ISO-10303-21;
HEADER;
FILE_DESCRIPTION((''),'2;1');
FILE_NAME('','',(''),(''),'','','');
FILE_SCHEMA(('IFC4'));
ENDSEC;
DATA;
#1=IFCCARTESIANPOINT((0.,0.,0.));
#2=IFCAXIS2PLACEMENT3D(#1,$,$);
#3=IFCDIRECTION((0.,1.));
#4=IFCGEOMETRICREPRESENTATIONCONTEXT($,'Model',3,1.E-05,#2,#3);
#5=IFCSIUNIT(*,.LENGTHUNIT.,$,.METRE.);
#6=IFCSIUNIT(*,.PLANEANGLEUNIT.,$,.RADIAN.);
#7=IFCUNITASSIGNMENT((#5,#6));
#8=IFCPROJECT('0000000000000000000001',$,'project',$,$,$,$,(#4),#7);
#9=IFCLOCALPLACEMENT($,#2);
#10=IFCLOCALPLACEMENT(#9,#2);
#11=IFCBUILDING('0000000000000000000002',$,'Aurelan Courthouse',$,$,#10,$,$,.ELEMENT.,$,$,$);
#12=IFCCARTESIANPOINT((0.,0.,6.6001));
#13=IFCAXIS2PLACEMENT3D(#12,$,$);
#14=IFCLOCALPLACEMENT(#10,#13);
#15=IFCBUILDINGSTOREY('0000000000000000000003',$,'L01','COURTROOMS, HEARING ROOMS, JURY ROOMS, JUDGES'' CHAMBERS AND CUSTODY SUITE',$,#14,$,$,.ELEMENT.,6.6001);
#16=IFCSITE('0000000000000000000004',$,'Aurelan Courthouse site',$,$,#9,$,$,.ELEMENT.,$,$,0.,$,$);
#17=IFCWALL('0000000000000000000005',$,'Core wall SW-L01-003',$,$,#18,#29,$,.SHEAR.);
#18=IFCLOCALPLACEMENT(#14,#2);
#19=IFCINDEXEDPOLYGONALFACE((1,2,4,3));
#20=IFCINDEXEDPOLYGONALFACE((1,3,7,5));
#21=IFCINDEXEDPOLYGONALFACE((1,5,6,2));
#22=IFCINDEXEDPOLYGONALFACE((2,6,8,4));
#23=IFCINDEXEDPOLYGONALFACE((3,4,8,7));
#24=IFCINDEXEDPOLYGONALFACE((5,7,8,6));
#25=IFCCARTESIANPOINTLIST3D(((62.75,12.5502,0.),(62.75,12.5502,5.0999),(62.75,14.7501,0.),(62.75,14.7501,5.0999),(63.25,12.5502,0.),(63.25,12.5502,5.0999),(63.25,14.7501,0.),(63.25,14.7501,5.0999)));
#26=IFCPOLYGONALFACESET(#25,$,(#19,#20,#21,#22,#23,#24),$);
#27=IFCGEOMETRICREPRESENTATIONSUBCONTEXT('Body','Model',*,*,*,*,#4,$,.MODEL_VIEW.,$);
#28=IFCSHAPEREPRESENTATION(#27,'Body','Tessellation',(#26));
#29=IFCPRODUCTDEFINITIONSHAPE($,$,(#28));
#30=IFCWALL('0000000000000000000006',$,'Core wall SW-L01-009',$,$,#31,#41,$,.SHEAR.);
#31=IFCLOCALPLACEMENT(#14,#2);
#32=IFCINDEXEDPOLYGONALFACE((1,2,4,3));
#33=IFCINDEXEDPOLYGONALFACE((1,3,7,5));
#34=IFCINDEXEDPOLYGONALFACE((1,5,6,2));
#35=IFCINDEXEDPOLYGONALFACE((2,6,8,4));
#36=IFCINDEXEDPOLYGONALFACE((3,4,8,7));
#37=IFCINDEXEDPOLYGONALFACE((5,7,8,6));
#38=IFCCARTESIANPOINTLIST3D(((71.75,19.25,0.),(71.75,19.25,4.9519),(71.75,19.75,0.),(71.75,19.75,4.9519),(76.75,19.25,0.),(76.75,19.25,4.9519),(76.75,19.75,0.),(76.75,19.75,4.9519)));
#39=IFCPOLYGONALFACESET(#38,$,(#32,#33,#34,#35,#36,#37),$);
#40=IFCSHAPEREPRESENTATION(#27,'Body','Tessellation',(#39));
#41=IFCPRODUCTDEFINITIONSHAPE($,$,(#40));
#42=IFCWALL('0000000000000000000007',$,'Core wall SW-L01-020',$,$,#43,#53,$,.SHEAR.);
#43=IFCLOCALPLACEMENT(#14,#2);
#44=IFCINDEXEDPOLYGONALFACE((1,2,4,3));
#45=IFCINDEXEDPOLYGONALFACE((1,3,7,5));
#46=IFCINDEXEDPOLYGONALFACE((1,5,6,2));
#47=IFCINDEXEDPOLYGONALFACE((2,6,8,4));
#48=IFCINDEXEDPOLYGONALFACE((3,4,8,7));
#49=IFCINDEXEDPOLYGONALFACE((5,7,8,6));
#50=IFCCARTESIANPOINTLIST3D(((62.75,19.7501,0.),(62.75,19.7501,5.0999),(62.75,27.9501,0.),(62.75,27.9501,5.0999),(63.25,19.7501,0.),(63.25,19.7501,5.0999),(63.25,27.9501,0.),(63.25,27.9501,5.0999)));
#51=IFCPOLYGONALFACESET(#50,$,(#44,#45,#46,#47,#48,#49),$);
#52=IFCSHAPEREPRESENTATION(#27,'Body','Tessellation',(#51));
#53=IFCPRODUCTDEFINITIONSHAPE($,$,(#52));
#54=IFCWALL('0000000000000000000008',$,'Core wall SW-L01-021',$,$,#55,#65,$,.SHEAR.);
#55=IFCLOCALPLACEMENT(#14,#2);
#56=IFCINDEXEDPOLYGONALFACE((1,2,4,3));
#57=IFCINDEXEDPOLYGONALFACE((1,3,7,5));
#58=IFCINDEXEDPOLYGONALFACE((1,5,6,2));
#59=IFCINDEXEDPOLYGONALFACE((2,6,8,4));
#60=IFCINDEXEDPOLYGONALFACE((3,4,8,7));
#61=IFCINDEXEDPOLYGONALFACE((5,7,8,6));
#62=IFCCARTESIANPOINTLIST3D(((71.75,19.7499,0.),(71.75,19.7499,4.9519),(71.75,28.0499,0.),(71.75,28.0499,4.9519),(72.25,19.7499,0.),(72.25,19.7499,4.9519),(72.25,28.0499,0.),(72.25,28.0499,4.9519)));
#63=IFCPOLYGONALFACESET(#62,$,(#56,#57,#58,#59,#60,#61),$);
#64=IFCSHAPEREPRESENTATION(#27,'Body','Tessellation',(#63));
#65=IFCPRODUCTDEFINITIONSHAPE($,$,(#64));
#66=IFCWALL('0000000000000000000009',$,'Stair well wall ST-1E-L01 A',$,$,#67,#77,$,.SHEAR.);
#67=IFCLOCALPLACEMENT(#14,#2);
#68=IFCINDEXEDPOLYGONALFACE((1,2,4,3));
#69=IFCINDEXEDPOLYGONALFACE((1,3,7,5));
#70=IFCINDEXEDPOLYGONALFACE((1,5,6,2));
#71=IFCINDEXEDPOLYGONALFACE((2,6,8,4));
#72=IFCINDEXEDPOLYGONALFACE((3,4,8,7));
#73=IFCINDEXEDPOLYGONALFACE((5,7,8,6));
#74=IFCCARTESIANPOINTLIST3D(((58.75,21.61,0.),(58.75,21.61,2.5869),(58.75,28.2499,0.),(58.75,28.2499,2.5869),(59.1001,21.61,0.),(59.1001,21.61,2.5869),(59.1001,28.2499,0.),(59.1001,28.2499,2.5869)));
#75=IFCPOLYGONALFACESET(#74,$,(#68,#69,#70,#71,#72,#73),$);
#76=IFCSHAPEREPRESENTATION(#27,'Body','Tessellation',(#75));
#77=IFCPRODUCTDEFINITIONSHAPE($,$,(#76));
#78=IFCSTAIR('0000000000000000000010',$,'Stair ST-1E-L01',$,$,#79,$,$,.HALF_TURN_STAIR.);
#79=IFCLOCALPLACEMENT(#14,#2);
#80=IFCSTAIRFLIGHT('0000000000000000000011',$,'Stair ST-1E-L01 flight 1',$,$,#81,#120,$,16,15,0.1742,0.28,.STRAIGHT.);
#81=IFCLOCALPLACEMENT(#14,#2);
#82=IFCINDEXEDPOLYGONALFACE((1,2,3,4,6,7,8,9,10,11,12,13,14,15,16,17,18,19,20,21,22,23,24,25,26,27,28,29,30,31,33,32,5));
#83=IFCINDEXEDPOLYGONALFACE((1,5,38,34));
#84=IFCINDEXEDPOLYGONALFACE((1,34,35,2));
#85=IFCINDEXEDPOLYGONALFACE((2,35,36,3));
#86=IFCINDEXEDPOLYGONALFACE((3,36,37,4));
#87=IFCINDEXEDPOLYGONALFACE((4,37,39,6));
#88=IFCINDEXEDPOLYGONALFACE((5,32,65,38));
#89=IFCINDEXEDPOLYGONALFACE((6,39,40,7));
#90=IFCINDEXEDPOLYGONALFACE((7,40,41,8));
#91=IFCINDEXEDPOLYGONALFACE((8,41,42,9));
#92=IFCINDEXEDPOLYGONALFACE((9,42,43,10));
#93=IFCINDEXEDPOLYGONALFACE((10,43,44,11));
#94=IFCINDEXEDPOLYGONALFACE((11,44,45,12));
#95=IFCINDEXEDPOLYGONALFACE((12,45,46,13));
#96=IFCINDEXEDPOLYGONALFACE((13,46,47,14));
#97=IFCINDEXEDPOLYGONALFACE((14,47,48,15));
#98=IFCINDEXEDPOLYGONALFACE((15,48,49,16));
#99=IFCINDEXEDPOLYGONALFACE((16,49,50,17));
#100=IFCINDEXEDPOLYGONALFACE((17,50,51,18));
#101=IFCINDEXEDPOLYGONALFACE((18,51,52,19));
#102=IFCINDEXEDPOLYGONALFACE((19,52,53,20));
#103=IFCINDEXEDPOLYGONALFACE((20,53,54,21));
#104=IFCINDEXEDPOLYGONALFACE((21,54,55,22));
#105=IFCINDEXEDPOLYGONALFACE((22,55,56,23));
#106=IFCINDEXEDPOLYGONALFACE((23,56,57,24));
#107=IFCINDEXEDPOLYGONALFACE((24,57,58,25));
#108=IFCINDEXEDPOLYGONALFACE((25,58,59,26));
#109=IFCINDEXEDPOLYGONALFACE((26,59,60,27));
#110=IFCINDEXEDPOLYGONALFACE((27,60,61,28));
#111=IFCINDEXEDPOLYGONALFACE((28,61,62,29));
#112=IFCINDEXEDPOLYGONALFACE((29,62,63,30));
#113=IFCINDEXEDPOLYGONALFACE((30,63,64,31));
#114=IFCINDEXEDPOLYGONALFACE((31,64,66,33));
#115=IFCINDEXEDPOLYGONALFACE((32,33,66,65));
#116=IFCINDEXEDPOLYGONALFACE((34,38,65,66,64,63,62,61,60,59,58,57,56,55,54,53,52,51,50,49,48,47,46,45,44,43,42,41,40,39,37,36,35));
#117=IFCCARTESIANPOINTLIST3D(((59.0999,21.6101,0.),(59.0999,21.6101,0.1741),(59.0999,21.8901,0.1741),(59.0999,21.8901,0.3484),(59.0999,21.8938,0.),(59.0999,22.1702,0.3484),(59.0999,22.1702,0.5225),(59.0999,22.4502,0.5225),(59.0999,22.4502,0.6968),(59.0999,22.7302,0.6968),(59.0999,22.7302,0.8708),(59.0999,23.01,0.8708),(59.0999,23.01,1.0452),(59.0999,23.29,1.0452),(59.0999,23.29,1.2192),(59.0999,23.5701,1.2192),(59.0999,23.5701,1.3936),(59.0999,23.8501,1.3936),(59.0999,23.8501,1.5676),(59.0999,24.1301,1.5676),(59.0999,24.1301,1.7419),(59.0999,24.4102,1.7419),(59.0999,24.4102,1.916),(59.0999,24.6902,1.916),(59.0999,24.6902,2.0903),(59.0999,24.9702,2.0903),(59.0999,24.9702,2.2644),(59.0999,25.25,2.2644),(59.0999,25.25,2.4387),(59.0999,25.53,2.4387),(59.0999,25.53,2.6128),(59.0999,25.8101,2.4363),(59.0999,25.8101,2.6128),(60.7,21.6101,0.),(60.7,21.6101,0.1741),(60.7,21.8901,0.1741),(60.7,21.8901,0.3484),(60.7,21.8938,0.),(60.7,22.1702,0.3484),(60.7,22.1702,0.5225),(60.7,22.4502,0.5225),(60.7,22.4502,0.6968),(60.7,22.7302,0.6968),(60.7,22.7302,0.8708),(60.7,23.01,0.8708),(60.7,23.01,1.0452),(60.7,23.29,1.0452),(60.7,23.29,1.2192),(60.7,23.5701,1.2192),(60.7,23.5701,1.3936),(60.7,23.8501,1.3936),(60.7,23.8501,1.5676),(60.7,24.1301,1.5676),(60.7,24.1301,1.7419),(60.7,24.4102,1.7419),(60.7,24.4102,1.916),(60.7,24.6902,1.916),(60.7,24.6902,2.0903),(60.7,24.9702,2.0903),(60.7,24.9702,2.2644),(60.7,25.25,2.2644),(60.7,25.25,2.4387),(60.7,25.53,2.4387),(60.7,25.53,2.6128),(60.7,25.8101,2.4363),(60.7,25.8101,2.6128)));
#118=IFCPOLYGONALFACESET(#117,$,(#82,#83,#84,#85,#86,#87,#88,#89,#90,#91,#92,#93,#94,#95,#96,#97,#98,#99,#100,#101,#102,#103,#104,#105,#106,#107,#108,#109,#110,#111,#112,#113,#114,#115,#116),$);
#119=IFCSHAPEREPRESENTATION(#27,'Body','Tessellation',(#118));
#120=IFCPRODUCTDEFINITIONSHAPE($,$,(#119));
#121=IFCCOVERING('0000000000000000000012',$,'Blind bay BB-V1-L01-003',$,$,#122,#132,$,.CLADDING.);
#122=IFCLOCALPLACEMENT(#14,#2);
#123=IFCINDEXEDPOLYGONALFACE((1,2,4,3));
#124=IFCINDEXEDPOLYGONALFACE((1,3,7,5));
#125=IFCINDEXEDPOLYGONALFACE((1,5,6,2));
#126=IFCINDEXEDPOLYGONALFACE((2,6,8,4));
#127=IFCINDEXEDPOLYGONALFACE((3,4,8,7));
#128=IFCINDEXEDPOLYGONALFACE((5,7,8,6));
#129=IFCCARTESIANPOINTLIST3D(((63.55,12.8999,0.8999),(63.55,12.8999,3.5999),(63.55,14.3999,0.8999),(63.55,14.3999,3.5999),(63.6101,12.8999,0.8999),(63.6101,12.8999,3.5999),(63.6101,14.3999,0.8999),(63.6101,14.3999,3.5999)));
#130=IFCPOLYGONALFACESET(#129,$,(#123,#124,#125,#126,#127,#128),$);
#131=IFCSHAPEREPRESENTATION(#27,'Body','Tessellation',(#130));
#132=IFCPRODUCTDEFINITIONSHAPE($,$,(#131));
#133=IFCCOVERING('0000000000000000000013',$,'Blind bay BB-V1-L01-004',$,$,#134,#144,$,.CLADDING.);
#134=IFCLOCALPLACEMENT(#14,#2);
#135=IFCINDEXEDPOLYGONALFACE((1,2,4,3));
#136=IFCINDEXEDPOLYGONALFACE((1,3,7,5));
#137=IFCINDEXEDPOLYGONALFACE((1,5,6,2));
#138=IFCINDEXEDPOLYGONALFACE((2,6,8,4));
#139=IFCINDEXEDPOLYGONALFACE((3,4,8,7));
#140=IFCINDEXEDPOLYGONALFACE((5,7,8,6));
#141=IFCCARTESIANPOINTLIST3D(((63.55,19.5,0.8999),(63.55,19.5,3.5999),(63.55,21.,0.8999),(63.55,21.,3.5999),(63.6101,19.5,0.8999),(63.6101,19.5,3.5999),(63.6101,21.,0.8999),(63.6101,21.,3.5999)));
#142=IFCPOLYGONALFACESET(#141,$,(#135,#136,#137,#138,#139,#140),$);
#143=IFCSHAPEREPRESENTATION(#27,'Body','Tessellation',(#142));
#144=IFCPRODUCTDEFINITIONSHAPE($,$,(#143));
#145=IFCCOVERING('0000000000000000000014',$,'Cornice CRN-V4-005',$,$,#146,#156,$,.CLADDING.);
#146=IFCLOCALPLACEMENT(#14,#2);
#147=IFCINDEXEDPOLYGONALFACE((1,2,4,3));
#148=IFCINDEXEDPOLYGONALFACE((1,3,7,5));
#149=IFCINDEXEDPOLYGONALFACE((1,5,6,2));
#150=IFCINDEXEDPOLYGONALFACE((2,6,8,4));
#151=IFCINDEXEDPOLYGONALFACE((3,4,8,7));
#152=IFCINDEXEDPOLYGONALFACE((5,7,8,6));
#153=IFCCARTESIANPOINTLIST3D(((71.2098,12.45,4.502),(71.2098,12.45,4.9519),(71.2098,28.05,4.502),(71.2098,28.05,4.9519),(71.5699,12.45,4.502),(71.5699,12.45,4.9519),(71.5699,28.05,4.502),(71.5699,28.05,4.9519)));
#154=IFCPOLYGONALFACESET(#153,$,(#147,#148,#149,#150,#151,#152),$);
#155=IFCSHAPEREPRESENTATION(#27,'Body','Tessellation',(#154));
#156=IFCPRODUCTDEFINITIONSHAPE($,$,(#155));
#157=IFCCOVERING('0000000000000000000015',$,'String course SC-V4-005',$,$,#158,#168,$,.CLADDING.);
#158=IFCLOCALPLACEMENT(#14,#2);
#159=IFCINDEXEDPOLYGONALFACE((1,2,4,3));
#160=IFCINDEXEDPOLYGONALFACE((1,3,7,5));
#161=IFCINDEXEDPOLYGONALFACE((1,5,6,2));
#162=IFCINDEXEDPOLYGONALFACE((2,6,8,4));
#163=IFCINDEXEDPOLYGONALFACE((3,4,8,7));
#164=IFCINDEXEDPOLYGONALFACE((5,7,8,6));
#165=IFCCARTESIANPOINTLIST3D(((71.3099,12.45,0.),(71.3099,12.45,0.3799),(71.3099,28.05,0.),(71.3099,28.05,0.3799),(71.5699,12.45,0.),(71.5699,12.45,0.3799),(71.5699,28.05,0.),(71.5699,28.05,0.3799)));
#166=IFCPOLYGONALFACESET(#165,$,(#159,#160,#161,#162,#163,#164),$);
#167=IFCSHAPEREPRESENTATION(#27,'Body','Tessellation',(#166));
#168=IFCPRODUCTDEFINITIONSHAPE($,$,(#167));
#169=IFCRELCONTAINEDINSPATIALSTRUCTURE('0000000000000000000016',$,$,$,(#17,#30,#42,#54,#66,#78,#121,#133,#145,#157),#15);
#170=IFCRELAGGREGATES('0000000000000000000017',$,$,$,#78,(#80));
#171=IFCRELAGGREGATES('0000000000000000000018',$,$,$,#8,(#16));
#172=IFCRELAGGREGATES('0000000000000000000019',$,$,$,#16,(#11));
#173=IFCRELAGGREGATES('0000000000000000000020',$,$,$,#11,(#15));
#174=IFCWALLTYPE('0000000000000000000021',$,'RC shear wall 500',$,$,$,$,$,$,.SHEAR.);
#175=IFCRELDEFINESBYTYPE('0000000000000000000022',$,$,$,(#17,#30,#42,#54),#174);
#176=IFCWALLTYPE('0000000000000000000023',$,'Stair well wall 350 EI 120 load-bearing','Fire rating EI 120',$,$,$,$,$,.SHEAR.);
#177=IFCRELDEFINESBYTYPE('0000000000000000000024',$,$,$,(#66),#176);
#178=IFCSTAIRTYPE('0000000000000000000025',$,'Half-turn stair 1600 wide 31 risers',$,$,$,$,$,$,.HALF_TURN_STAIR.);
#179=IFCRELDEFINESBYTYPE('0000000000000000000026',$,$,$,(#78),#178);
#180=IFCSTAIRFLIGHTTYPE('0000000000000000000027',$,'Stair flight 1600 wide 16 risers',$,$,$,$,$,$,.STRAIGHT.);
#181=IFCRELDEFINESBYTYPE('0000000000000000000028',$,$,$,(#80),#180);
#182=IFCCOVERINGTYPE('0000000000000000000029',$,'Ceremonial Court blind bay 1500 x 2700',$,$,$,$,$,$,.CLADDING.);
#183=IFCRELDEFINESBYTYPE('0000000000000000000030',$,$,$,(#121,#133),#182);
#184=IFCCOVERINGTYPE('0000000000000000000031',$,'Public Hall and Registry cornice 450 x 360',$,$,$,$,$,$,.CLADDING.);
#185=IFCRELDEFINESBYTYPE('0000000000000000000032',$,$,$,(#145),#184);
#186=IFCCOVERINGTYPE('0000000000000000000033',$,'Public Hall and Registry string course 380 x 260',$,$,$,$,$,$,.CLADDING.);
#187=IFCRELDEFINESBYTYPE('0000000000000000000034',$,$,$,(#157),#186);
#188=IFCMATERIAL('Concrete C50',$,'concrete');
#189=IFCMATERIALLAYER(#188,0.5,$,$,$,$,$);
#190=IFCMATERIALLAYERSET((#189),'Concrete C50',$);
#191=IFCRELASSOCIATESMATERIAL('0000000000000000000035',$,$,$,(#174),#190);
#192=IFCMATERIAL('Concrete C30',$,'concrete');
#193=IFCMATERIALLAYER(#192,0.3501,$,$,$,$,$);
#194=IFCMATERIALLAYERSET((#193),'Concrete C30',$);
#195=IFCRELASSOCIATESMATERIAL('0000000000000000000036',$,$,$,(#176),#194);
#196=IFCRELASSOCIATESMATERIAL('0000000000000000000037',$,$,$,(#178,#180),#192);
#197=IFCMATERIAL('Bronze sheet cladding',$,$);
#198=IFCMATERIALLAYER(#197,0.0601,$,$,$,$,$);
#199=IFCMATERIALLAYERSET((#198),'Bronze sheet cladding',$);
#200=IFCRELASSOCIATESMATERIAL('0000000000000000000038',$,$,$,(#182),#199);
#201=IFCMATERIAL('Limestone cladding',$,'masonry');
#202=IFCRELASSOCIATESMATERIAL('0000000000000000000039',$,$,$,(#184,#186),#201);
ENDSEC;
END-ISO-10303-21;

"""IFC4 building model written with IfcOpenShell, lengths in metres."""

from ifc_helpers import new_model, si_unit, direction, frame, frame_2d, origin, origin_2d, place, context, subcontext, project, spatial, polyline, rectangle, outline, extrude, material, layer, layer_set, type_object, element, aggregate, save


model = new_model("IFC4")

# Units and contexts
model_context = context("Model", 3, precision=1e-05, world=origin(), true_north=direction((0.0, 1.0)))
body_context = subcontext(model_context, "Body", "Model", "MODEL_VIEW")
ifc_project = project(units=[si_unit("LENGTHUNIT", "METRE"), si_unit("PLANEANGLEUNIT", "RADIAN")], contexts=[model_context])

# Site, building, storey
site_placement = place(None, origin())
site = spatial("IfcSite", under=ifc_project, at=site_placement, Name="Aurelan Courthouse site", CompositionType="ELEMENT", RefElevation=0.0)
building_placement = place(site_placement, origin())
building = spatial("IfcBuilding", under=site, at=building_placement, Name="Aurelan Courthouse", CompositionType="ELEMENT")
storey_placement = place(building_placement, frame((0.0, 0.0, 6.6001)))
storey = spatial("IfcBuildingStorey", under=building, at=storey_placement, Name="L01", Description="COURTROOMS, HEARING ROOMS, JURY ROOMS, JUDGES' CHAMBERS AND CUSTODY SUITE", CompositionType="ELEMENT", Elevation=6.6001)

# Shared definitions
ifc_material_1 = material(Name="Concrete C50", Category="concrete")

# Shared definitions
ifc_material_2 = material(Name="Limestone cladding", Category="masonry")
ifc_material_3 = material(Name="Concrete C30", Category="concrete")

# Walls
ifc_layer_1 = layer(ifc_material_1, 0.5)
ifc_layer_set_1 = layer_set([ifc_layer_1], Name="Concrete C50")
wall_type_1 = type_object("IfcWallType", Name="RC shear wall 500", PredefinedType="SHEAR", material=ifc_layer_set_1)
wall_1_placement = place(storey_placement, frame((63.0, 12.55, 0.0), z_axis=(0.0, 0.0, 1.0), x_axis=(0.0, 1.0, 0.0)))
element("IfcWall", 1, at=wall_1_placement, inside=storey, type_object=wall_type_1, Name="Core wall SW-L01-003", PredefinedType="SHEAR", context=body_context, shape_type="SweptSolid", body=[
    extrude(rectangle(XDim=2.2, YDim=0.5, at=frame_2d((1.1001, 0.0))), origin(), (0.0, 0.0, 1.0), 5.0999),
])
wall_2_placement = place(storey_placement, frame((71.75, 19.5, 0.0), z_axis=(0.0, 0.0, 1.0), x_axis=(1.0, 0.0, 0.0)))
element("IfcWall", 2, at=wall_2_placement, inside=storey, type_object=wall_type_1, Name="Core wall SW-L01-009", PredefinedType="SHEAR", context=body_context, shape_type="SweptSolid", body=[
    extrude(rectangle(XDim=5.0, YDim=0.5, at=frame_2d((2.5, 0.0))), origin(), (0.0, 0.0, 1.0), 4.9519),
])
wall_3_placement = place(storey_placement, frame((63.0, 19.75, 0.0), z_axis=(0.0, 0.0, 1.0), x_axis=(0.0, 1.0, 0.0)))
element("IfcWall", 3, at=wall_3_placement, inside=storey, type_object=wall_type_1, Name="Core wall SW-L01-020", PredefinedType="SHEAR", context=body_context, shape_type="SweptSolid", body=[
    extrude(rectangle(XDim=8.2, YDim=0.5, at=frame_2d((4.1001, 0.0))), origin(), (0.0, 0.0, 1.0), 5.0999),
])
wall_4_placement = place(storey_placement, frame((72.0, 19.75, 0.0), z_axis=(0.0, 0.0, 1.0), x_axis=(0.0, 1.0, 0.0)))
element("IfcWall", 4, at=wall_4_placement, inside=storey, type_object=wall_type_1, Name="Core wall SW-L01-021", PredefinedType="SHEAR", context=body_context, shape_type="SweptSolid", body=[
    extrude(rectangle(XDim=8.3, YDim=0.5, at=frame_2d((4.1499, 0.0))), origin(), (0.0, 0.0, 1.0), 4.9519),
])
ifc_layer_2 = layer(ifc_material_3, 0.3501)
ifc_layer_set_2 = layer_set([ifc_layer_2], Name="Concrete C30")
wall_type_2 = type_object("IfcWallType", Name="Stair well wall 350 EI 120 load-bearing", Description="Fire rating EI 120", PredefinedType="SHEAR", material=ifc_layer_set_2)
wall_5_placement = place(storey_placement, frame((58.925, 21.6101, 0.0), z_axis=(0.0, 0.0, 1.0), x_axis=(0.0, 1.0, 0.0)))
element("IfcWall", 5, at=wall_5_placement, inside=storey, type_object=wall_type_2, Name="Stair well wall ST-1E-L01 A", PredefinedType="SHEAR", context=body_context, shape_type="SweptSolid", body=[
    extrude(rectangle(XDim=6.6399, YDim=0.3501, at=frame_2d((3.3198, 0.0))), origin(), (0.0, 0.0, 1.0), 2.5869),
])

# Stair, stair flight
stair_type = type_object("IfcStairType", Name="Half-turn stair 1600 wide 31 risers", PredefinedType="HALF_TURN_STAIR", material=ifc_material_3)
stair_placement = place(storey_placement, origin())
stair = element("IfcStair", 6, at=stair_placement, inside=storey, type_object=stair_type, Name="Stair ST-1E-L01", PredefinedType="HALF_TURN_STAIR")
stair_flight_type = type_object("IfcStairFlightType", Name="Stair flight 1600 wide 16 risers", PredefinedType="STRAIGHT", material=ifc_material_3)
stair_flight_placement = place(storey_placement, frame((59.8999, 21.6101, 0.0), z_axis=(0.0, 0.0, 1.0), x_axis=(0.0, 1.0, 0.0)))
stair_flight = element("IfcStairFlight", 7, at=stair_flight_placement, type_object=stair_flight_type, Name="Stair ST-1E-L01 flight 1", NumberOfRisers=16, NumberOfTreads=15, PredefinedType="STRAIGHT", RiserHeight=0.1742, TreadLength=0.28, context=body_context, shape_type="SweptSolid", body=[
    extrude(outline(polyline([(0.0, 0.0), (0.0, 0.1741), (0.28, 0.1741), (0.28, 0.3484), (0.5601, 0.3484), (0.5601, 0.5225), (0.8401, 0.5225), (0.8401, 0.6968), (1.1201, 0.6968), (1.1201, 0.8708), (1.3999, 0.8708), (1.3999, 1.0452), (1.6799, 1.0452), (1.6799, 1.2192), (1.96, 1.2192), (1.96, 1.3936), (2.24, 1.3936), (2.24, 1.5676), (2.52, 1.5676), (2.52, 1.7419), (2.8, 1.7419), (2.8, 1.916), (3.0801, 1.916), (3.0801, 2.0903), (3.3601, 2.0903), (3.3601, 2.2644), (3.6399, 2.2644), (3.6399, 2.4387), (3.9199, 2.4387), (3.9199, 2.6128), (4.2, 2.6128), (4.2, 2.7871), (4.2, 2.4363), (0.2837, 0.0), (0.0, 0.0)])), frame((0.0, 0.8, 0.0), z_axis=(0.0, -1.0, 0.0), x_axis=(1.0, 0.0, 0.0)), (0.0, 0.0, 1.0), 1.6001),
])
aggregate(stair, [stair_flight])

# Coverings
ifc_material_4 = material(Name="Bronze sheet cladding")
ifc_layer_3 = layer(ifc_material_4, 0.0601)
ifc_layer_set_3 = layer_set([ifc_layer_3], Name="Bronze sheet cladding")
covering_type_1 = type_object("IfcCoveringType", Name="Ceremonial Court blind bay 1500 x 2700", PredefinedType="CLADDING", material=ifc_layer_set_3)
for number, where, z_axis, x_axis, name in (
    (8, (63.5801, 13.6499, 0.8999), (0.0, 0.0, 1.0), (1.0, 0.0, 0.0), "Blind bay BB-V1-L01-003"),
    (9, (63.5801, 20.25, 0.8999), (0.0, 0.0, 1.0), (1.0, 0.0, 0.0), "Blind bay BB-V1-L01-004"),
):
    element("IfcCovering", number, at=place(storey_placement, frame(where, z_axis=z_axis, x_axis=x_axis)), inside=storey, type_object=covering_type_1, Name=name, PredefinedType="CLADDING", context=body_context, shape_type="SweptSolid", body=[
        extrude(rectangle(XDim=0.0601, YDim=1.5, at=origin_2d()), origin(), (0.0, 0.0, 1.0), 2.7),
    ])
covering_type_2 = type_object("IfcCoveringType", Name="Public Hall and Registry cornice 450 x 360", PredefinedType="CLADDING", material=ifc_material_2)
covering_1_placement = place(storey_placement, frame((71.3899, 20.25, 4.502), z_axis=(0.0, 0.0, 1.0), x_axis=(1.0, 0.0, 0.0)))
element("IfcCovering", 10, at=covering_1_placement, inside=storey, type_object=covering_type_2, Name="Cornice CRN-V4-005", PredefinedType="CLADDING", context=body_context, shape_type="SweptSolid", body=[
    extrude(rectangle(XDim=0.3601, YDim=15.6001, at=origin_2d()), origin(), (0.0, 0.0, 1.0), 0.45),
])
covering_type_3 = type_object("IfcCoveringType", Name="Public Hall and Registry string course 380 x 260", PredefinedType="CLADDING", material=ifc_material_2)
covering_2_placement = place(storey_placement, frame((71.4399, 20.25, 0.0), z_axis=(0.0, 0.0, 1.0), x_axis=(1.0, 0.0, 0.0)))
element("IfcCovering", 11, at=covering_2_placement, inside=storey, type_object=covering_type_3, Name="String course SC-V4-005", PredefinedType="CLADDING", context=body_context, shape_type="SweptSolid", body=[
    extrude(rectangle(XDim=0.26, YDim=15.6001, at=origin_2d()), origin(), (0.0, 0.0, 1.0), 0.3799),
])

save(model, "model.ifc")
